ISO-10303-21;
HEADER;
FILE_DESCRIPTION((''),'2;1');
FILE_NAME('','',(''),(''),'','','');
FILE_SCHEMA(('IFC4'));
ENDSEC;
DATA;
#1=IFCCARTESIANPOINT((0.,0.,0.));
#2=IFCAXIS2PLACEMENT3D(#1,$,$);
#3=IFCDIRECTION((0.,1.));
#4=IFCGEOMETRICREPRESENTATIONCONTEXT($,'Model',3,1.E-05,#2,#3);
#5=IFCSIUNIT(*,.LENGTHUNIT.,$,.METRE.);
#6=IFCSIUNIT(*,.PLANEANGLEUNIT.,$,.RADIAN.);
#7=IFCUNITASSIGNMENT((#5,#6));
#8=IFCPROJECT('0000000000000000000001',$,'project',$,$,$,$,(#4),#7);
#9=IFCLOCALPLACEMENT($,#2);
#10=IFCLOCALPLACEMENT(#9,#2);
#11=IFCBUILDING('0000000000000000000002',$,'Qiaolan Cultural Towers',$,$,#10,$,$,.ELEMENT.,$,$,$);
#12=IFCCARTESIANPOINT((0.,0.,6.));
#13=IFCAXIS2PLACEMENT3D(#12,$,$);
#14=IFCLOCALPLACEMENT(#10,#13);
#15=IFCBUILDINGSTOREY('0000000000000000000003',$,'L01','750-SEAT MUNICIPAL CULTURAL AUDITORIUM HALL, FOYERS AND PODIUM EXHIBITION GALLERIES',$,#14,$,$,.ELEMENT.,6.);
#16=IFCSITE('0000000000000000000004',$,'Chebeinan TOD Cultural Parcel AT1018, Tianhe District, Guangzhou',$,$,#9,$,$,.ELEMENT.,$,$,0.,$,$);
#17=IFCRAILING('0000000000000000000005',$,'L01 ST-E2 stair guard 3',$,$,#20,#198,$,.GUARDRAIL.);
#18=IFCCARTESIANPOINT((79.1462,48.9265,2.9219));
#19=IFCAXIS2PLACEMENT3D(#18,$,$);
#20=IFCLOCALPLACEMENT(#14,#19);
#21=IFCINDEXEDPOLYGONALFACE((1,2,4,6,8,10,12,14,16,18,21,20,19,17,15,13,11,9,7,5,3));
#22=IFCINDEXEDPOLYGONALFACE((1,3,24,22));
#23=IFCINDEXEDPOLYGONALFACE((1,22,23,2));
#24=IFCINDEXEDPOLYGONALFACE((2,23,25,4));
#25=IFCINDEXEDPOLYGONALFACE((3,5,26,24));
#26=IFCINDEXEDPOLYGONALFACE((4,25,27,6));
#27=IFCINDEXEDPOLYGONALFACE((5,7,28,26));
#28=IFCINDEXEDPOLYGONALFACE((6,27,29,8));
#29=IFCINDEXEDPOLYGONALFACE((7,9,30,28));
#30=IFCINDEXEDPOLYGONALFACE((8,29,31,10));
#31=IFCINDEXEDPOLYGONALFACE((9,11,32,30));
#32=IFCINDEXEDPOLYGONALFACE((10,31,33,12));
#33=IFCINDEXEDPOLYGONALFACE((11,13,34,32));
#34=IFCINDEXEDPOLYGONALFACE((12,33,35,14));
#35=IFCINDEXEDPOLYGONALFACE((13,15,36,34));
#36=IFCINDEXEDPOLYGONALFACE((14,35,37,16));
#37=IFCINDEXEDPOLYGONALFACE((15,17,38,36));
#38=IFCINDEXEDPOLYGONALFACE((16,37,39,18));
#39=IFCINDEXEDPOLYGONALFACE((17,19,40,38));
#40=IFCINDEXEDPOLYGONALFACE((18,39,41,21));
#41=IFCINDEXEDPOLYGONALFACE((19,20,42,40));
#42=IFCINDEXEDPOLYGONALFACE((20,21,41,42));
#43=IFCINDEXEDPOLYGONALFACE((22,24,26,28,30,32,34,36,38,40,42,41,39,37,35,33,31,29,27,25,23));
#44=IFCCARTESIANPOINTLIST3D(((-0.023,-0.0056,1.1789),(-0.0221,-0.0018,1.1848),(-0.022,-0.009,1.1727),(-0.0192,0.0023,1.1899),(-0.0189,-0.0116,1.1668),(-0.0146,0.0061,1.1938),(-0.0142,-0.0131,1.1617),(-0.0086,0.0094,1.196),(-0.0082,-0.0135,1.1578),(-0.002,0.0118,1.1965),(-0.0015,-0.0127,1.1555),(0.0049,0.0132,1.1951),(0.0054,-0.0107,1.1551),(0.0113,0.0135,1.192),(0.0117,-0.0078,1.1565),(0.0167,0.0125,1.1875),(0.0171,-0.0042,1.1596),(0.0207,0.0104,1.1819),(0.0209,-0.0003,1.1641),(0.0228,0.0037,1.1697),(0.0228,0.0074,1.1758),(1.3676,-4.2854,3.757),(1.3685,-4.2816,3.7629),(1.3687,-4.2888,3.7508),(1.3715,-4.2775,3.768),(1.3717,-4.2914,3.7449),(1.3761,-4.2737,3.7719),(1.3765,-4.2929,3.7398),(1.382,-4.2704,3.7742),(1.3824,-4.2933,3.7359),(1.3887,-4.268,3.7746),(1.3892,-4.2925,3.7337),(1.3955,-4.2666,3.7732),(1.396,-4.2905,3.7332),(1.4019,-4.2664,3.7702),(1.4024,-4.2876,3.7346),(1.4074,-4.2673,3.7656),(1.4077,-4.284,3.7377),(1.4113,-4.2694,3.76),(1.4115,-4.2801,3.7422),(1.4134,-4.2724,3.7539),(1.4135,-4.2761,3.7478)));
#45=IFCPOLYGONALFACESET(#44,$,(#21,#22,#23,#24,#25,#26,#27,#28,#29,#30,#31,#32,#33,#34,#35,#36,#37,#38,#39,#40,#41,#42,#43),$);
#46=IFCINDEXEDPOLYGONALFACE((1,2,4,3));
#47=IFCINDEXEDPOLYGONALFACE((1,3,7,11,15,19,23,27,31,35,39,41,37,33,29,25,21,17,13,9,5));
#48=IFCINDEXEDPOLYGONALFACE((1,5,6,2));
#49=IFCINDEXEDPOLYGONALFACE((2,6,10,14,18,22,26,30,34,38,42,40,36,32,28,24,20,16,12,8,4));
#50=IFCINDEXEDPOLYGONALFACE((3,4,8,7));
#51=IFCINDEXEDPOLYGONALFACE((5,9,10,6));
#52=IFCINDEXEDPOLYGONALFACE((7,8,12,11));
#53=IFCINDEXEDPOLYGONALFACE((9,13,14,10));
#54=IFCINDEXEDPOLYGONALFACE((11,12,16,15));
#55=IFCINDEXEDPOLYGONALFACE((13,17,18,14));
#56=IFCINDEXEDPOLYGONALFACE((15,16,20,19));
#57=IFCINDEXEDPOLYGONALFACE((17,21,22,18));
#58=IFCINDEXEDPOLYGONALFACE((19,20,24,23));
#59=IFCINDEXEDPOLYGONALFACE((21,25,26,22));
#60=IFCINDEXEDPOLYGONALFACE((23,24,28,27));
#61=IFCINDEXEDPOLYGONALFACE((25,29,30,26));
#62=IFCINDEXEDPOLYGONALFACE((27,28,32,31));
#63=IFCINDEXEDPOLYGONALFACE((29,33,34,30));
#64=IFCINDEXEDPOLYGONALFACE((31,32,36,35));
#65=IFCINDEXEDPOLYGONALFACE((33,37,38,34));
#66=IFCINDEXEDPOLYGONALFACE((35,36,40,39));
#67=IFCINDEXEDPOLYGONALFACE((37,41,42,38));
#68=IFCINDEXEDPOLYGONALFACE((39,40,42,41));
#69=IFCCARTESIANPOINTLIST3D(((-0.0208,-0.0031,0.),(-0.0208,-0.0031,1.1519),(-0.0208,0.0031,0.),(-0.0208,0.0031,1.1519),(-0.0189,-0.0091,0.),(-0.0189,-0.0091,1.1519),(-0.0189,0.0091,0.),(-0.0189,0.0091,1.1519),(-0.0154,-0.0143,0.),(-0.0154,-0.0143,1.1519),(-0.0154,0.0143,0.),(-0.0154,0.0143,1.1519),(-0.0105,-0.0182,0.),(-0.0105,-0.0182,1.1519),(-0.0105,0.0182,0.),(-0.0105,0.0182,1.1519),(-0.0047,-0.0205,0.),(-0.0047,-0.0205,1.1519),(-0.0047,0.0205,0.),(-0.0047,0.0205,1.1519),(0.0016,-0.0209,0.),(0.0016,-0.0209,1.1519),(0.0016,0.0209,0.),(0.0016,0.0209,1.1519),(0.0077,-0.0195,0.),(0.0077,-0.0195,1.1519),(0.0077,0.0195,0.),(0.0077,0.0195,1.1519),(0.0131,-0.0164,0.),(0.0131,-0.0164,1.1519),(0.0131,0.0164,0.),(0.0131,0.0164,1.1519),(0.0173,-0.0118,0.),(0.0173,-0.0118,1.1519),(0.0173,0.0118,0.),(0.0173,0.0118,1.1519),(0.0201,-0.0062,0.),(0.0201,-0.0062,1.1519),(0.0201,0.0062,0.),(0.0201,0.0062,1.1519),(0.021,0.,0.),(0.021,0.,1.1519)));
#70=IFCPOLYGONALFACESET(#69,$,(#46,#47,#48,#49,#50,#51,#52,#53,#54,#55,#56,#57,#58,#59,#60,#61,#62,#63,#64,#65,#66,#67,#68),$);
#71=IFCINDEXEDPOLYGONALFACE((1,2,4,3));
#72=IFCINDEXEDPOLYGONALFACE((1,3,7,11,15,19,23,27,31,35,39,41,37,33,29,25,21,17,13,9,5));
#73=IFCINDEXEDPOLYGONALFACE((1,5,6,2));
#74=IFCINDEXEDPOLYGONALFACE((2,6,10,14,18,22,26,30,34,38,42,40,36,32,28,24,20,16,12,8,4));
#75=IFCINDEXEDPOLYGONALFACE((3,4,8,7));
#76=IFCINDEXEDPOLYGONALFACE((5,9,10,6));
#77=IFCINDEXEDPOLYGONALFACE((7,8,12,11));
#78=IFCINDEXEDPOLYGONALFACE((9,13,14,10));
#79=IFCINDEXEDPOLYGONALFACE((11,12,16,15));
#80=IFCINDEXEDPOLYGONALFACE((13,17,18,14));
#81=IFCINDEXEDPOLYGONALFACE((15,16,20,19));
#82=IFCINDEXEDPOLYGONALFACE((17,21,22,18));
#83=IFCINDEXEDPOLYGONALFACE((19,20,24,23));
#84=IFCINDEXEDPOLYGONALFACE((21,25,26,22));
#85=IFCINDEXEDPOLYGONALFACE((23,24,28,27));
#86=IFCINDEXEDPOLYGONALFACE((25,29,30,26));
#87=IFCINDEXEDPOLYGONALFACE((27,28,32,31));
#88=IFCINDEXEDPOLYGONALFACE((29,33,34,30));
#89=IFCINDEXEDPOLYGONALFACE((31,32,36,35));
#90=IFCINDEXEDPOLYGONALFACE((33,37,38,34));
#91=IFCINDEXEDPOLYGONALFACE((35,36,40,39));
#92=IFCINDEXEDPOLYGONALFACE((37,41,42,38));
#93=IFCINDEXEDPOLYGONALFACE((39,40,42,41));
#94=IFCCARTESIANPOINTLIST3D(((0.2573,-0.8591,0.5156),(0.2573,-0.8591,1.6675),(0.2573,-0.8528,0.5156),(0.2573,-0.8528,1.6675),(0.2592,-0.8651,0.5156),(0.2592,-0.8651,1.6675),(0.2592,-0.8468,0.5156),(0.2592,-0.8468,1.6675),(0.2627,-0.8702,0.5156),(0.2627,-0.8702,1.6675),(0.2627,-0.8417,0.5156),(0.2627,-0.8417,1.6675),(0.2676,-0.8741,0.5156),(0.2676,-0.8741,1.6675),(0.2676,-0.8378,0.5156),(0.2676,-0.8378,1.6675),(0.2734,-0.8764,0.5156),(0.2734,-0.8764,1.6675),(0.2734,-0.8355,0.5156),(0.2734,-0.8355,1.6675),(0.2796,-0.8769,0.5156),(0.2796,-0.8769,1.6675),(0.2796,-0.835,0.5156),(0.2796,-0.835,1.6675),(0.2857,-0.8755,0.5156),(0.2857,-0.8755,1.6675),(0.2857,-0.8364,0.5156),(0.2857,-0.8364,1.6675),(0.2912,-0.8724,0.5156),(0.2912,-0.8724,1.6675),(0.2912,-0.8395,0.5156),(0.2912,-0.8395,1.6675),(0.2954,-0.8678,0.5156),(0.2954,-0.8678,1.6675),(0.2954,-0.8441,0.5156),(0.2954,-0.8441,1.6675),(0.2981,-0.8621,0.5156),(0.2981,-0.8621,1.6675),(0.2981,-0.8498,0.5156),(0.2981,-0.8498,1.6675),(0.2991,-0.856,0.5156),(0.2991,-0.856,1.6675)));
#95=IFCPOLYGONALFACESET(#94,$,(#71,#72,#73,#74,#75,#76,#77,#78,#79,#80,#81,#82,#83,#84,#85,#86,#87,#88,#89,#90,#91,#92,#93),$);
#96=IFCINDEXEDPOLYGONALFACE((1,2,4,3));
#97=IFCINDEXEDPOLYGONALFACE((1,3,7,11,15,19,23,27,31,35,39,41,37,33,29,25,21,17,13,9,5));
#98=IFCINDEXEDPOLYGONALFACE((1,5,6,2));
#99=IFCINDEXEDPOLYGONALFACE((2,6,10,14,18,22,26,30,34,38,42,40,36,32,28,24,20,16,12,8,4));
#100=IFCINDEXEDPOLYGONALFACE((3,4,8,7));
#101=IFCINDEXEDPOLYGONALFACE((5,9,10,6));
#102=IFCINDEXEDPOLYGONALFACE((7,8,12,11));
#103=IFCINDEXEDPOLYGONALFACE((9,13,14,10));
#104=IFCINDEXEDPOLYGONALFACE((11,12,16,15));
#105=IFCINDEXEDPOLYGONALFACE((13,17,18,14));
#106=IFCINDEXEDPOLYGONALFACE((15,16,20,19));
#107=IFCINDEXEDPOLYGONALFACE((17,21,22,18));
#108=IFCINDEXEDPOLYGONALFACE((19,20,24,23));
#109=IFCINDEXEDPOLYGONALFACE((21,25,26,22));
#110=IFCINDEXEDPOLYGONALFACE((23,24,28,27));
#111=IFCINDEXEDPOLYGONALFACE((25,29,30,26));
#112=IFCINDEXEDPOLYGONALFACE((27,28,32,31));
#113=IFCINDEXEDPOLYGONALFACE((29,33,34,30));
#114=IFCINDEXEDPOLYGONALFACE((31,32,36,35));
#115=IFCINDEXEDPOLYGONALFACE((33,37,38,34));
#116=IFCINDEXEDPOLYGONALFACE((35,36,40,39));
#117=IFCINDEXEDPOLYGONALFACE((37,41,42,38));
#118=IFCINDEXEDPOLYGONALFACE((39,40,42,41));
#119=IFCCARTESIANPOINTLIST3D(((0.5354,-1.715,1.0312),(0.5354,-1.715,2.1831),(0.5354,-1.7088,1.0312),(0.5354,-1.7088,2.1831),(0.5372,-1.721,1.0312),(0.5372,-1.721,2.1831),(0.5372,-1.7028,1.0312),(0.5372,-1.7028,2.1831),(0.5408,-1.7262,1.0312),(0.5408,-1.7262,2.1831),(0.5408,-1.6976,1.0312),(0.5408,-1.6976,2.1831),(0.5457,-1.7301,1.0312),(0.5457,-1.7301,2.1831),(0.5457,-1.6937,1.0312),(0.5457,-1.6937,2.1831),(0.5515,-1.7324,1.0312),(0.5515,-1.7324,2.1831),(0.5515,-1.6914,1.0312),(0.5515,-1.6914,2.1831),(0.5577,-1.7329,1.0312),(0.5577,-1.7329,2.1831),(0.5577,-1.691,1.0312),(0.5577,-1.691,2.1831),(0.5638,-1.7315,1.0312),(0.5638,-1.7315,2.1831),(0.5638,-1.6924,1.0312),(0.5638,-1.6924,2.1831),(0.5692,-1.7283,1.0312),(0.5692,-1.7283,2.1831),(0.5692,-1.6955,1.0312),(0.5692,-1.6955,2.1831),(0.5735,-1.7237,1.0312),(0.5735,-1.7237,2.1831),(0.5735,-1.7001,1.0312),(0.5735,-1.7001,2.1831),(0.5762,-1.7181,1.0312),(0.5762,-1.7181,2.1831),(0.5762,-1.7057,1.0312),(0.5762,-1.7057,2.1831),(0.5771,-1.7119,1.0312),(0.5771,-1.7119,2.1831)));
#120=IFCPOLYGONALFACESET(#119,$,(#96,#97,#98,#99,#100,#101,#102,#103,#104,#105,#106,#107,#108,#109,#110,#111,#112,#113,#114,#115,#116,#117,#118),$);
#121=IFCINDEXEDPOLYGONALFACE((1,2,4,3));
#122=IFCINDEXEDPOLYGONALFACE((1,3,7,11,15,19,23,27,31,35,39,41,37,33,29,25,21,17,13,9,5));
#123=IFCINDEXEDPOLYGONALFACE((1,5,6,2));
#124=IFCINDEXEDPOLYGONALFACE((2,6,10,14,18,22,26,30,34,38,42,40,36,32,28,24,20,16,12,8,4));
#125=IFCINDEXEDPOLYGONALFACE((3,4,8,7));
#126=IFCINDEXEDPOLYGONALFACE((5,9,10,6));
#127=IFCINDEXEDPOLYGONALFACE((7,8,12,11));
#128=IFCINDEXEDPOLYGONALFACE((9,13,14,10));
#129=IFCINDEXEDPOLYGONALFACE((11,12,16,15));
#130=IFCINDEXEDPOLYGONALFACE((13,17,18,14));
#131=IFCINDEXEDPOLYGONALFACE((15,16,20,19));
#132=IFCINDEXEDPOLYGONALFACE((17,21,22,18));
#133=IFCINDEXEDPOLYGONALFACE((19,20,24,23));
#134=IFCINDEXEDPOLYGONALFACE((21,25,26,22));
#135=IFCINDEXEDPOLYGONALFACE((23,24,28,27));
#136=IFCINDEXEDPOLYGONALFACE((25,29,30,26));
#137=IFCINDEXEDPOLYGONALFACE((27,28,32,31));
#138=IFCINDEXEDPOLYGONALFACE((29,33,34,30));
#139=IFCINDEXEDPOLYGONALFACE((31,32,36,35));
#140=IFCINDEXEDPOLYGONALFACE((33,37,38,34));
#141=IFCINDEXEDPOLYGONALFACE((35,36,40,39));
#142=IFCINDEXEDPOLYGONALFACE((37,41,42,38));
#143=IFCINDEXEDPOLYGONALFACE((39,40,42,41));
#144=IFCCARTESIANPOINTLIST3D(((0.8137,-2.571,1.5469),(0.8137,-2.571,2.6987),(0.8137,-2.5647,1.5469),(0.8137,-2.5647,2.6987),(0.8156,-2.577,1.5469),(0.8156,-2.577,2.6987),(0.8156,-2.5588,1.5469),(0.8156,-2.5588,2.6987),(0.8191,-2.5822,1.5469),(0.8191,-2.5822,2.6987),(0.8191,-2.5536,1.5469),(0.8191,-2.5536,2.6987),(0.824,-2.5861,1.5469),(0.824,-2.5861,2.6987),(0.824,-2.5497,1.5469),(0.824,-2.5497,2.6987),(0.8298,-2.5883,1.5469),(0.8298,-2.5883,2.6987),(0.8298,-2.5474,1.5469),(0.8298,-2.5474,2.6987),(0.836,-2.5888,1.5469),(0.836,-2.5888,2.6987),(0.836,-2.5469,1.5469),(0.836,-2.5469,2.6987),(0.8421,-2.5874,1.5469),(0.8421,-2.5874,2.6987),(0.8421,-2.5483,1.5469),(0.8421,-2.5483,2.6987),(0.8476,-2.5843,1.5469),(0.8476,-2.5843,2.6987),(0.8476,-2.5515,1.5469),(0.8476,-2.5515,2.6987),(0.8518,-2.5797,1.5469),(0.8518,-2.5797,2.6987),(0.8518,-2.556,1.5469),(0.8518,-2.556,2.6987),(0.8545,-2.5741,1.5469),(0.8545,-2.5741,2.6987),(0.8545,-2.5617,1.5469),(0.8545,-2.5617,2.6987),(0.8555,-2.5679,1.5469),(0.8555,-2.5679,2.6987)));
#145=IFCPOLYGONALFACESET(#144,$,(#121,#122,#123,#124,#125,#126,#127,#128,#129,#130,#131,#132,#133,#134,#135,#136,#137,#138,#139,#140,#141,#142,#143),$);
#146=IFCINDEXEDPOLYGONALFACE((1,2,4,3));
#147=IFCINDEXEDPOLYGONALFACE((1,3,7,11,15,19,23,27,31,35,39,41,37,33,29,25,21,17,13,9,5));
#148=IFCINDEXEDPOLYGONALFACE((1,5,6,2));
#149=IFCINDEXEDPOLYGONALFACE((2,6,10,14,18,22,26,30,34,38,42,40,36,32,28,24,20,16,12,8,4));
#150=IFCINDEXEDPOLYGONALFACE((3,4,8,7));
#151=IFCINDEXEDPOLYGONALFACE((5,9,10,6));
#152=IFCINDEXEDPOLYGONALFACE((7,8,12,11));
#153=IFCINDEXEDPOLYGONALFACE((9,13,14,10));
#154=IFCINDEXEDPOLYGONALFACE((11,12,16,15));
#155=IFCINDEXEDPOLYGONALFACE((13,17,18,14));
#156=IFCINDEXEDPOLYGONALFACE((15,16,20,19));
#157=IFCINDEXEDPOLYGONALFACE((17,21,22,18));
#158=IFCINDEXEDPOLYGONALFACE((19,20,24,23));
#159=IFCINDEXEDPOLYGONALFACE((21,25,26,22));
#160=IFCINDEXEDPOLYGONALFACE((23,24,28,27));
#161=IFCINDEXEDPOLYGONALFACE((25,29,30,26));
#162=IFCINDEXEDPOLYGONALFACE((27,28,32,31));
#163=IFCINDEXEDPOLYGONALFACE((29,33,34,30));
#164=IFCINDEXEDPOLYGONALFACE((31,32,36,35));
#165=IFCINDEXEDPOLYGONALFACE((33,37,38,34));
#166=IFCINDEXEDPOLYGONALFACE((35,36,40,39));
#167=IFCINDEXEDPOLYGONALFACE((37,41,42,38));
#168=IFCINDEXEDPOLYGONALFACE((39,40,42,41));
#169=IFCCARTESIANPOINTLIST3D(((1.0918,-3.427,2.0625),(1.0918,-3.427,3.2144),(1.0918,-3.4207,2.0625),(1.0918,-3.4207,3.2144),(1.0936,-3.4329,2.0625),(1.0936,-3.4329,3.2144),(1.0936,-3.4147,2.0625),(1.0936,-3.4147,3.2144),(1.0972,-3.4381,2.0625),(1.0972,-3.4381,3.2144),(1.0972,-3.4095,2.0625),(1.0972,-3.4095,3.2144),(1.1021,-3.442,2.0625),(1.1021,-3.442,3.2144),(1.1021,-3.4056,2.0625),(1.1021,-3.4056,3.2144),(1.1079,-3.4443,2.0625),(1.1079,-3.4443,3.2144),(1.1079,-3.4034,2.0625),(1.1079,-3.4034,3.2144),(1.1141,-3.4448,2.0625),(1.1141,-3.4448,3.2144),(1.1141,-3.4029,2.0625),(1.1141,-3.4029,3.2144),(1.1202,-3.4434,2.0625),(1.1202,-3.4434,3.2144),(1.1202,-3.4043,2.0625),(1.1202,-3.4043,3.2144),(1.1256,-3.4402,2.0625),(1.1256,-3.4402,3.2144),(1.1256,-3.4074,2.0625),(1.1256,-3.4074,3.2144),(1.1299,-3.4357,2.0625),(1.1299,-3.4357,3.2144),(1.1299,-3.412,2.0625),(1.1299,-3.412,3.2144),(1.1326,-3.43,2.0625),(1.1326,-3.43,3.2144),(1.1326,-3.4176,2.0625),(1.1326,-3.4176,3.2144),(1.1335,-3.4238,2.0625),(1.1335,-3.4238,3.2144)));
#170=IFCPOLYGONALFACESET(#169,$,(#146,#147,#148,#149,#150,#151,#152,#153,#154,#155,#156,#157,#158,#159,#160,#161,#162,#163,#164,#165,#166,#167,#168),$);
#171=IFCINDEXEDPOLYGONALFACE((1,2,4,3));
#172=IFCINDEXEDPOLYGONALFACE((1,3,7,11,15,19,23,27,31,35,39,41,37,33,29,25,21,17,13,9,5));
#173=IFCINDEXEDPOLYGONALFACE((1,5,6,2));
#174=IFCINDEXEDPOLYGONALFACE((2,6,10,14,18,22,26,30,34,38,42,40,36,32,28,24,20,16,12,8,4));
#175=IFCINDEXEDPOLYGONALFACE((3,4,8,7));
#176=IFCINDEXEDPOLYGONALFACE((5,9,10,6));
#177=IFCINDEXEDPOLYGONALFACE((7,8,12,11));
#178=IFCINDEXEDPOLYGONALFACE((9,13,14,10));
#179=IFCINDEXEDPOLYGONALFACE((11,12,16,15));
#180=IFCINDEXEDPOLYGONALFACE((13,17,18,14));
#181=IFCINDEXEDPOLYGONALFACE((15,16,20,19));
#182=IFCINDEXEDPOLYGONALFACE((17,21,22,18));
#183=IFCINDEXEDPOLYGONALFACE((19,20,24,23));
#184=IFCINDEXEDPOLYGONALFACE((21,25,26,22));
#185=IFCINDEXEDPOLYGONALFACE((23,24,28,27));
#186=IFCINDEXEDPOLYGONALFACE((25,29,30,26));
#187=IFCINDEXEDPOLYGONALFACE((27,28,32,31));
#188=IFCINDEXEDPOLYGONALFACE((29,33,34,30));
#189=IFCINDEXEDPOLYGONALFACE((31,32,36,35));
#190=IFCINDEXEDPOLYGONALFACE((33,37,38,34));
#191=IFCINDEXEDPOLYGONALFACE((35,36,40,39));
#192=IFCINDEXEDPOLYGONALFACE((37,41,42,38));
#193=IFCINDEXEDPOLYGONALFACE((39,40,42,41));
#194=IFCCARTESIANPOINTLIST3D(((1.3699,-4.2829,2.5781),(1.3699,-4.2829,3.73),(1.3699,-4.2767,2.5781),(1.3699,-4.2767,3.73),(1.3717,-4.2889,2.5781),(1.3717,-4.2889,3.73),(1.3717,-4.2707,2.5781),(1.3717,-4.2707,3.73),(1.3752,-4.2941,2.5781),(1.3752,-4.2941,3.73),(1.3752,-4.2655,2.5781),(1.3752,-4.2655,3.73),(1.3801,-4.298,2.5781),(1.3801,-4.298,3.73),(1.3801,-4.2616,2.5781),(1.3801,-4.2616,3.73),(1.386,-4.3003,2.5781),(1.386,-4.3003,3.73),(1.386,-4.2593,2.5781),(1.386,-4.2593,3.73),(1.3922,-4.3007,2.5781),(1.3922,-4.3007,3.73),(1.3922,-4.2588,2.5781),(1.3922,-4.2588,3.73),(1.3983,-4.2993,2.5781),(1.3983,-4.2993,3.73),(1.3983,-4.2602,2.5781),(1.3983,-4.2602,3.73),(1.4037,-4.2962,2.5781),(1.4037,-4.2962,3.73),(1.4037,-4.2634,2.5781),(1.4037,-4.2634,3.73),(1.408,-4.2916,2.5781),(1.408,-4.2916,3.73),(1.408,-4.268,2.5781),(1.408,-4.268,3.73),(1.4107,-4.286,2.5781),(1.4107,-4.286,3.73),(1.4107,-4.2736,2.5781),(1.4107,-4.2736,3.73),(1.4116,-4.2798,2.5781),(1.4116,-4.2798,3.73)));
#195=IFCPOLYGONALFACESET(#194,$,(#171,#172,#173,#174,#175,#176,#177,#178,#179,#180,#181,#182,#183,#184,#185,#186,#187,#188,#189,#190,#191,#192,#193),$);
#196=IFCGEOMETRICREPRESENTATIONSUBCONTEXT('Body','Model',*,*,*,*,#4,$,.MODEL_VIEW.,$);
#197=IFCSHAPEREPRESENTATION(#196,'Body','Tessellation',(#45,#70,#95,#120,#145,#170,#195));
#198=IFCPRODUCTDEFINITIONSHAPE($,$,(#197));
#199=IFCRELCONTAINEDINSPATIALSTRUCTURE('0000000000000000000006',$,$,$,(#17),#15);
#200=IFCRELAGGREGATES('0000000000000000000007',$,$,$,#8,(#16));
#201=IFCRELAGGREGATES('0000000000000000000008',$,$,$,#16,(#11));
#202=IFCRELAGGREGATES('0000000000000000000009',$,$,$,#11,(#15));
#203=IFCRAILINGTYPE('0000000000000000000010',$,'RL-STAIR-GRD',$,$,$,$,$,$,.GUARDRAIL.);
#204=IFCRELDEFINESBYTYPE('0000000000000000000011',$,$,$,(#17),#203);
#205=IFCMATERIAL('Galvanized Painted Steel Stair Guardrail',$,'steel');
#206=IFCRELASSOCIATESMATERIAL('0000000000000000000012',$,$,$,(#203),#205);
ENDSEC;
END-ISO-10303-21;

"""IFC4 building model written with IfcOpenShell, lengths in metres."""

from ifc_helpers import new_model, si_unit, direction, frame, origin, origin_2d, place, context, subcontext, project, spatial, circle, extrude, material, type_object, element, save


model = new_model("IFC4")

# Units and contexts
model_context = context("Model", 3, precision=1e-05, world=origin(), true_north=direction((0.0, 1.0)))
body_context = subcontext(model_context, "Body", "Model", "MODEL_VIEW")
ifc_project = project(units=[si_unit("LENGTHUNIT", "METRE"), si_unit("PLANEANGLEUNIT", "RADIAN")], contexts=[model_context])

# Site, building, storey
site_placement = place(None, origin())
site = spatial("IfcSite", under=ifc_project, at=site_placement, Name="Chebeinan TOD Cultural Parcel AT1018, Tianhe District, Guangzhou", CompositionType="ELEMENT", RefElevation=0.0)
building_placement = place(site_placement, origin())
building = spatial("IfcBuilding", under=site, at=building_placement, Name="Qiaolan Cultural Towers", CompositionType="ELEMENT")
storey_placement = place(building_placement, frame((0.0, 0.0, 6.0)))
storey = spatial("IfcBuildingStorey", under=building, at=storey_placement, Name="L01", Description="750-SEAT MUNICIPAL CULTURAL AUDITORIUM HALL, FOYERS AND PODIUM EXHIBITION GALLERIES", CompositionType="ELEMENT", Elevation=6.0)

# Railing
ifc_material_1 = material(Name="Galvanized Painted Steel Stair Guardrail", Category="steel")
railing_type_1 = type_object("IfcRailingType", Name="RL-STAIR-GRD", PredefinedType="GUARDRAIL", material=ifc_material_1)
railing_1_placement = place(storey_placement, frame((79.1462, 48.9265, 2.9219)))
element("IfcRailing", 1, at=railing_1_placement, inside=storey, type_object=railing_type_1, Name="L01 ST-E2 stair guard 3", PredefinedType="GUARDRAIL", context=body_context, shape_type="SweptSolid", body=[
    extrude(circle(Radius=0.0239, at=origin_2d()), frame((0.0, 0.0, 1.1758), z_axis=(0.268137, -0.825219, 0.497108), x_axis=(0.951054, 0.309025, 0.0)), (0.0, 0.0, 1.0), 5.1863),
    extrude(circle(Radius=0.021, at=origin_2d()), origin(), (0.0, 0.0, 1.0), 1.1519),
    extrude(circle(Radius=0.021, at=origin_2d()), frame((0.2781, -0.856, 0.5156)), (0.0, 0.0, 1.0), 1.1519),
    extrude(circle(Radius=0.021, at=origin_2d()), frame((0.5562, -1.7119, 1.0312)), (0.0, 0.0, 1.0), 1.1519),
    extrude(circle(Radius=0.021, at=origin_2d()), frame((0.8345, -2.5679, 1.5469)), (0.0, 0.0, 1.0), 1.1519),
    extrude(circle(Radius=0.021, at=origin_2d()), frame((1.1125, -3.4238, 2.0625)), (0.0, 0.0, 1.0), 1.1519),
    extrude(circle(Radius=0.021, at=origin_2d()), frame((1.3906, -4.2798, 2.5781)), (0.0, 0.0, 1.0), 1.1519),
])

save(model, "model.ifc")
